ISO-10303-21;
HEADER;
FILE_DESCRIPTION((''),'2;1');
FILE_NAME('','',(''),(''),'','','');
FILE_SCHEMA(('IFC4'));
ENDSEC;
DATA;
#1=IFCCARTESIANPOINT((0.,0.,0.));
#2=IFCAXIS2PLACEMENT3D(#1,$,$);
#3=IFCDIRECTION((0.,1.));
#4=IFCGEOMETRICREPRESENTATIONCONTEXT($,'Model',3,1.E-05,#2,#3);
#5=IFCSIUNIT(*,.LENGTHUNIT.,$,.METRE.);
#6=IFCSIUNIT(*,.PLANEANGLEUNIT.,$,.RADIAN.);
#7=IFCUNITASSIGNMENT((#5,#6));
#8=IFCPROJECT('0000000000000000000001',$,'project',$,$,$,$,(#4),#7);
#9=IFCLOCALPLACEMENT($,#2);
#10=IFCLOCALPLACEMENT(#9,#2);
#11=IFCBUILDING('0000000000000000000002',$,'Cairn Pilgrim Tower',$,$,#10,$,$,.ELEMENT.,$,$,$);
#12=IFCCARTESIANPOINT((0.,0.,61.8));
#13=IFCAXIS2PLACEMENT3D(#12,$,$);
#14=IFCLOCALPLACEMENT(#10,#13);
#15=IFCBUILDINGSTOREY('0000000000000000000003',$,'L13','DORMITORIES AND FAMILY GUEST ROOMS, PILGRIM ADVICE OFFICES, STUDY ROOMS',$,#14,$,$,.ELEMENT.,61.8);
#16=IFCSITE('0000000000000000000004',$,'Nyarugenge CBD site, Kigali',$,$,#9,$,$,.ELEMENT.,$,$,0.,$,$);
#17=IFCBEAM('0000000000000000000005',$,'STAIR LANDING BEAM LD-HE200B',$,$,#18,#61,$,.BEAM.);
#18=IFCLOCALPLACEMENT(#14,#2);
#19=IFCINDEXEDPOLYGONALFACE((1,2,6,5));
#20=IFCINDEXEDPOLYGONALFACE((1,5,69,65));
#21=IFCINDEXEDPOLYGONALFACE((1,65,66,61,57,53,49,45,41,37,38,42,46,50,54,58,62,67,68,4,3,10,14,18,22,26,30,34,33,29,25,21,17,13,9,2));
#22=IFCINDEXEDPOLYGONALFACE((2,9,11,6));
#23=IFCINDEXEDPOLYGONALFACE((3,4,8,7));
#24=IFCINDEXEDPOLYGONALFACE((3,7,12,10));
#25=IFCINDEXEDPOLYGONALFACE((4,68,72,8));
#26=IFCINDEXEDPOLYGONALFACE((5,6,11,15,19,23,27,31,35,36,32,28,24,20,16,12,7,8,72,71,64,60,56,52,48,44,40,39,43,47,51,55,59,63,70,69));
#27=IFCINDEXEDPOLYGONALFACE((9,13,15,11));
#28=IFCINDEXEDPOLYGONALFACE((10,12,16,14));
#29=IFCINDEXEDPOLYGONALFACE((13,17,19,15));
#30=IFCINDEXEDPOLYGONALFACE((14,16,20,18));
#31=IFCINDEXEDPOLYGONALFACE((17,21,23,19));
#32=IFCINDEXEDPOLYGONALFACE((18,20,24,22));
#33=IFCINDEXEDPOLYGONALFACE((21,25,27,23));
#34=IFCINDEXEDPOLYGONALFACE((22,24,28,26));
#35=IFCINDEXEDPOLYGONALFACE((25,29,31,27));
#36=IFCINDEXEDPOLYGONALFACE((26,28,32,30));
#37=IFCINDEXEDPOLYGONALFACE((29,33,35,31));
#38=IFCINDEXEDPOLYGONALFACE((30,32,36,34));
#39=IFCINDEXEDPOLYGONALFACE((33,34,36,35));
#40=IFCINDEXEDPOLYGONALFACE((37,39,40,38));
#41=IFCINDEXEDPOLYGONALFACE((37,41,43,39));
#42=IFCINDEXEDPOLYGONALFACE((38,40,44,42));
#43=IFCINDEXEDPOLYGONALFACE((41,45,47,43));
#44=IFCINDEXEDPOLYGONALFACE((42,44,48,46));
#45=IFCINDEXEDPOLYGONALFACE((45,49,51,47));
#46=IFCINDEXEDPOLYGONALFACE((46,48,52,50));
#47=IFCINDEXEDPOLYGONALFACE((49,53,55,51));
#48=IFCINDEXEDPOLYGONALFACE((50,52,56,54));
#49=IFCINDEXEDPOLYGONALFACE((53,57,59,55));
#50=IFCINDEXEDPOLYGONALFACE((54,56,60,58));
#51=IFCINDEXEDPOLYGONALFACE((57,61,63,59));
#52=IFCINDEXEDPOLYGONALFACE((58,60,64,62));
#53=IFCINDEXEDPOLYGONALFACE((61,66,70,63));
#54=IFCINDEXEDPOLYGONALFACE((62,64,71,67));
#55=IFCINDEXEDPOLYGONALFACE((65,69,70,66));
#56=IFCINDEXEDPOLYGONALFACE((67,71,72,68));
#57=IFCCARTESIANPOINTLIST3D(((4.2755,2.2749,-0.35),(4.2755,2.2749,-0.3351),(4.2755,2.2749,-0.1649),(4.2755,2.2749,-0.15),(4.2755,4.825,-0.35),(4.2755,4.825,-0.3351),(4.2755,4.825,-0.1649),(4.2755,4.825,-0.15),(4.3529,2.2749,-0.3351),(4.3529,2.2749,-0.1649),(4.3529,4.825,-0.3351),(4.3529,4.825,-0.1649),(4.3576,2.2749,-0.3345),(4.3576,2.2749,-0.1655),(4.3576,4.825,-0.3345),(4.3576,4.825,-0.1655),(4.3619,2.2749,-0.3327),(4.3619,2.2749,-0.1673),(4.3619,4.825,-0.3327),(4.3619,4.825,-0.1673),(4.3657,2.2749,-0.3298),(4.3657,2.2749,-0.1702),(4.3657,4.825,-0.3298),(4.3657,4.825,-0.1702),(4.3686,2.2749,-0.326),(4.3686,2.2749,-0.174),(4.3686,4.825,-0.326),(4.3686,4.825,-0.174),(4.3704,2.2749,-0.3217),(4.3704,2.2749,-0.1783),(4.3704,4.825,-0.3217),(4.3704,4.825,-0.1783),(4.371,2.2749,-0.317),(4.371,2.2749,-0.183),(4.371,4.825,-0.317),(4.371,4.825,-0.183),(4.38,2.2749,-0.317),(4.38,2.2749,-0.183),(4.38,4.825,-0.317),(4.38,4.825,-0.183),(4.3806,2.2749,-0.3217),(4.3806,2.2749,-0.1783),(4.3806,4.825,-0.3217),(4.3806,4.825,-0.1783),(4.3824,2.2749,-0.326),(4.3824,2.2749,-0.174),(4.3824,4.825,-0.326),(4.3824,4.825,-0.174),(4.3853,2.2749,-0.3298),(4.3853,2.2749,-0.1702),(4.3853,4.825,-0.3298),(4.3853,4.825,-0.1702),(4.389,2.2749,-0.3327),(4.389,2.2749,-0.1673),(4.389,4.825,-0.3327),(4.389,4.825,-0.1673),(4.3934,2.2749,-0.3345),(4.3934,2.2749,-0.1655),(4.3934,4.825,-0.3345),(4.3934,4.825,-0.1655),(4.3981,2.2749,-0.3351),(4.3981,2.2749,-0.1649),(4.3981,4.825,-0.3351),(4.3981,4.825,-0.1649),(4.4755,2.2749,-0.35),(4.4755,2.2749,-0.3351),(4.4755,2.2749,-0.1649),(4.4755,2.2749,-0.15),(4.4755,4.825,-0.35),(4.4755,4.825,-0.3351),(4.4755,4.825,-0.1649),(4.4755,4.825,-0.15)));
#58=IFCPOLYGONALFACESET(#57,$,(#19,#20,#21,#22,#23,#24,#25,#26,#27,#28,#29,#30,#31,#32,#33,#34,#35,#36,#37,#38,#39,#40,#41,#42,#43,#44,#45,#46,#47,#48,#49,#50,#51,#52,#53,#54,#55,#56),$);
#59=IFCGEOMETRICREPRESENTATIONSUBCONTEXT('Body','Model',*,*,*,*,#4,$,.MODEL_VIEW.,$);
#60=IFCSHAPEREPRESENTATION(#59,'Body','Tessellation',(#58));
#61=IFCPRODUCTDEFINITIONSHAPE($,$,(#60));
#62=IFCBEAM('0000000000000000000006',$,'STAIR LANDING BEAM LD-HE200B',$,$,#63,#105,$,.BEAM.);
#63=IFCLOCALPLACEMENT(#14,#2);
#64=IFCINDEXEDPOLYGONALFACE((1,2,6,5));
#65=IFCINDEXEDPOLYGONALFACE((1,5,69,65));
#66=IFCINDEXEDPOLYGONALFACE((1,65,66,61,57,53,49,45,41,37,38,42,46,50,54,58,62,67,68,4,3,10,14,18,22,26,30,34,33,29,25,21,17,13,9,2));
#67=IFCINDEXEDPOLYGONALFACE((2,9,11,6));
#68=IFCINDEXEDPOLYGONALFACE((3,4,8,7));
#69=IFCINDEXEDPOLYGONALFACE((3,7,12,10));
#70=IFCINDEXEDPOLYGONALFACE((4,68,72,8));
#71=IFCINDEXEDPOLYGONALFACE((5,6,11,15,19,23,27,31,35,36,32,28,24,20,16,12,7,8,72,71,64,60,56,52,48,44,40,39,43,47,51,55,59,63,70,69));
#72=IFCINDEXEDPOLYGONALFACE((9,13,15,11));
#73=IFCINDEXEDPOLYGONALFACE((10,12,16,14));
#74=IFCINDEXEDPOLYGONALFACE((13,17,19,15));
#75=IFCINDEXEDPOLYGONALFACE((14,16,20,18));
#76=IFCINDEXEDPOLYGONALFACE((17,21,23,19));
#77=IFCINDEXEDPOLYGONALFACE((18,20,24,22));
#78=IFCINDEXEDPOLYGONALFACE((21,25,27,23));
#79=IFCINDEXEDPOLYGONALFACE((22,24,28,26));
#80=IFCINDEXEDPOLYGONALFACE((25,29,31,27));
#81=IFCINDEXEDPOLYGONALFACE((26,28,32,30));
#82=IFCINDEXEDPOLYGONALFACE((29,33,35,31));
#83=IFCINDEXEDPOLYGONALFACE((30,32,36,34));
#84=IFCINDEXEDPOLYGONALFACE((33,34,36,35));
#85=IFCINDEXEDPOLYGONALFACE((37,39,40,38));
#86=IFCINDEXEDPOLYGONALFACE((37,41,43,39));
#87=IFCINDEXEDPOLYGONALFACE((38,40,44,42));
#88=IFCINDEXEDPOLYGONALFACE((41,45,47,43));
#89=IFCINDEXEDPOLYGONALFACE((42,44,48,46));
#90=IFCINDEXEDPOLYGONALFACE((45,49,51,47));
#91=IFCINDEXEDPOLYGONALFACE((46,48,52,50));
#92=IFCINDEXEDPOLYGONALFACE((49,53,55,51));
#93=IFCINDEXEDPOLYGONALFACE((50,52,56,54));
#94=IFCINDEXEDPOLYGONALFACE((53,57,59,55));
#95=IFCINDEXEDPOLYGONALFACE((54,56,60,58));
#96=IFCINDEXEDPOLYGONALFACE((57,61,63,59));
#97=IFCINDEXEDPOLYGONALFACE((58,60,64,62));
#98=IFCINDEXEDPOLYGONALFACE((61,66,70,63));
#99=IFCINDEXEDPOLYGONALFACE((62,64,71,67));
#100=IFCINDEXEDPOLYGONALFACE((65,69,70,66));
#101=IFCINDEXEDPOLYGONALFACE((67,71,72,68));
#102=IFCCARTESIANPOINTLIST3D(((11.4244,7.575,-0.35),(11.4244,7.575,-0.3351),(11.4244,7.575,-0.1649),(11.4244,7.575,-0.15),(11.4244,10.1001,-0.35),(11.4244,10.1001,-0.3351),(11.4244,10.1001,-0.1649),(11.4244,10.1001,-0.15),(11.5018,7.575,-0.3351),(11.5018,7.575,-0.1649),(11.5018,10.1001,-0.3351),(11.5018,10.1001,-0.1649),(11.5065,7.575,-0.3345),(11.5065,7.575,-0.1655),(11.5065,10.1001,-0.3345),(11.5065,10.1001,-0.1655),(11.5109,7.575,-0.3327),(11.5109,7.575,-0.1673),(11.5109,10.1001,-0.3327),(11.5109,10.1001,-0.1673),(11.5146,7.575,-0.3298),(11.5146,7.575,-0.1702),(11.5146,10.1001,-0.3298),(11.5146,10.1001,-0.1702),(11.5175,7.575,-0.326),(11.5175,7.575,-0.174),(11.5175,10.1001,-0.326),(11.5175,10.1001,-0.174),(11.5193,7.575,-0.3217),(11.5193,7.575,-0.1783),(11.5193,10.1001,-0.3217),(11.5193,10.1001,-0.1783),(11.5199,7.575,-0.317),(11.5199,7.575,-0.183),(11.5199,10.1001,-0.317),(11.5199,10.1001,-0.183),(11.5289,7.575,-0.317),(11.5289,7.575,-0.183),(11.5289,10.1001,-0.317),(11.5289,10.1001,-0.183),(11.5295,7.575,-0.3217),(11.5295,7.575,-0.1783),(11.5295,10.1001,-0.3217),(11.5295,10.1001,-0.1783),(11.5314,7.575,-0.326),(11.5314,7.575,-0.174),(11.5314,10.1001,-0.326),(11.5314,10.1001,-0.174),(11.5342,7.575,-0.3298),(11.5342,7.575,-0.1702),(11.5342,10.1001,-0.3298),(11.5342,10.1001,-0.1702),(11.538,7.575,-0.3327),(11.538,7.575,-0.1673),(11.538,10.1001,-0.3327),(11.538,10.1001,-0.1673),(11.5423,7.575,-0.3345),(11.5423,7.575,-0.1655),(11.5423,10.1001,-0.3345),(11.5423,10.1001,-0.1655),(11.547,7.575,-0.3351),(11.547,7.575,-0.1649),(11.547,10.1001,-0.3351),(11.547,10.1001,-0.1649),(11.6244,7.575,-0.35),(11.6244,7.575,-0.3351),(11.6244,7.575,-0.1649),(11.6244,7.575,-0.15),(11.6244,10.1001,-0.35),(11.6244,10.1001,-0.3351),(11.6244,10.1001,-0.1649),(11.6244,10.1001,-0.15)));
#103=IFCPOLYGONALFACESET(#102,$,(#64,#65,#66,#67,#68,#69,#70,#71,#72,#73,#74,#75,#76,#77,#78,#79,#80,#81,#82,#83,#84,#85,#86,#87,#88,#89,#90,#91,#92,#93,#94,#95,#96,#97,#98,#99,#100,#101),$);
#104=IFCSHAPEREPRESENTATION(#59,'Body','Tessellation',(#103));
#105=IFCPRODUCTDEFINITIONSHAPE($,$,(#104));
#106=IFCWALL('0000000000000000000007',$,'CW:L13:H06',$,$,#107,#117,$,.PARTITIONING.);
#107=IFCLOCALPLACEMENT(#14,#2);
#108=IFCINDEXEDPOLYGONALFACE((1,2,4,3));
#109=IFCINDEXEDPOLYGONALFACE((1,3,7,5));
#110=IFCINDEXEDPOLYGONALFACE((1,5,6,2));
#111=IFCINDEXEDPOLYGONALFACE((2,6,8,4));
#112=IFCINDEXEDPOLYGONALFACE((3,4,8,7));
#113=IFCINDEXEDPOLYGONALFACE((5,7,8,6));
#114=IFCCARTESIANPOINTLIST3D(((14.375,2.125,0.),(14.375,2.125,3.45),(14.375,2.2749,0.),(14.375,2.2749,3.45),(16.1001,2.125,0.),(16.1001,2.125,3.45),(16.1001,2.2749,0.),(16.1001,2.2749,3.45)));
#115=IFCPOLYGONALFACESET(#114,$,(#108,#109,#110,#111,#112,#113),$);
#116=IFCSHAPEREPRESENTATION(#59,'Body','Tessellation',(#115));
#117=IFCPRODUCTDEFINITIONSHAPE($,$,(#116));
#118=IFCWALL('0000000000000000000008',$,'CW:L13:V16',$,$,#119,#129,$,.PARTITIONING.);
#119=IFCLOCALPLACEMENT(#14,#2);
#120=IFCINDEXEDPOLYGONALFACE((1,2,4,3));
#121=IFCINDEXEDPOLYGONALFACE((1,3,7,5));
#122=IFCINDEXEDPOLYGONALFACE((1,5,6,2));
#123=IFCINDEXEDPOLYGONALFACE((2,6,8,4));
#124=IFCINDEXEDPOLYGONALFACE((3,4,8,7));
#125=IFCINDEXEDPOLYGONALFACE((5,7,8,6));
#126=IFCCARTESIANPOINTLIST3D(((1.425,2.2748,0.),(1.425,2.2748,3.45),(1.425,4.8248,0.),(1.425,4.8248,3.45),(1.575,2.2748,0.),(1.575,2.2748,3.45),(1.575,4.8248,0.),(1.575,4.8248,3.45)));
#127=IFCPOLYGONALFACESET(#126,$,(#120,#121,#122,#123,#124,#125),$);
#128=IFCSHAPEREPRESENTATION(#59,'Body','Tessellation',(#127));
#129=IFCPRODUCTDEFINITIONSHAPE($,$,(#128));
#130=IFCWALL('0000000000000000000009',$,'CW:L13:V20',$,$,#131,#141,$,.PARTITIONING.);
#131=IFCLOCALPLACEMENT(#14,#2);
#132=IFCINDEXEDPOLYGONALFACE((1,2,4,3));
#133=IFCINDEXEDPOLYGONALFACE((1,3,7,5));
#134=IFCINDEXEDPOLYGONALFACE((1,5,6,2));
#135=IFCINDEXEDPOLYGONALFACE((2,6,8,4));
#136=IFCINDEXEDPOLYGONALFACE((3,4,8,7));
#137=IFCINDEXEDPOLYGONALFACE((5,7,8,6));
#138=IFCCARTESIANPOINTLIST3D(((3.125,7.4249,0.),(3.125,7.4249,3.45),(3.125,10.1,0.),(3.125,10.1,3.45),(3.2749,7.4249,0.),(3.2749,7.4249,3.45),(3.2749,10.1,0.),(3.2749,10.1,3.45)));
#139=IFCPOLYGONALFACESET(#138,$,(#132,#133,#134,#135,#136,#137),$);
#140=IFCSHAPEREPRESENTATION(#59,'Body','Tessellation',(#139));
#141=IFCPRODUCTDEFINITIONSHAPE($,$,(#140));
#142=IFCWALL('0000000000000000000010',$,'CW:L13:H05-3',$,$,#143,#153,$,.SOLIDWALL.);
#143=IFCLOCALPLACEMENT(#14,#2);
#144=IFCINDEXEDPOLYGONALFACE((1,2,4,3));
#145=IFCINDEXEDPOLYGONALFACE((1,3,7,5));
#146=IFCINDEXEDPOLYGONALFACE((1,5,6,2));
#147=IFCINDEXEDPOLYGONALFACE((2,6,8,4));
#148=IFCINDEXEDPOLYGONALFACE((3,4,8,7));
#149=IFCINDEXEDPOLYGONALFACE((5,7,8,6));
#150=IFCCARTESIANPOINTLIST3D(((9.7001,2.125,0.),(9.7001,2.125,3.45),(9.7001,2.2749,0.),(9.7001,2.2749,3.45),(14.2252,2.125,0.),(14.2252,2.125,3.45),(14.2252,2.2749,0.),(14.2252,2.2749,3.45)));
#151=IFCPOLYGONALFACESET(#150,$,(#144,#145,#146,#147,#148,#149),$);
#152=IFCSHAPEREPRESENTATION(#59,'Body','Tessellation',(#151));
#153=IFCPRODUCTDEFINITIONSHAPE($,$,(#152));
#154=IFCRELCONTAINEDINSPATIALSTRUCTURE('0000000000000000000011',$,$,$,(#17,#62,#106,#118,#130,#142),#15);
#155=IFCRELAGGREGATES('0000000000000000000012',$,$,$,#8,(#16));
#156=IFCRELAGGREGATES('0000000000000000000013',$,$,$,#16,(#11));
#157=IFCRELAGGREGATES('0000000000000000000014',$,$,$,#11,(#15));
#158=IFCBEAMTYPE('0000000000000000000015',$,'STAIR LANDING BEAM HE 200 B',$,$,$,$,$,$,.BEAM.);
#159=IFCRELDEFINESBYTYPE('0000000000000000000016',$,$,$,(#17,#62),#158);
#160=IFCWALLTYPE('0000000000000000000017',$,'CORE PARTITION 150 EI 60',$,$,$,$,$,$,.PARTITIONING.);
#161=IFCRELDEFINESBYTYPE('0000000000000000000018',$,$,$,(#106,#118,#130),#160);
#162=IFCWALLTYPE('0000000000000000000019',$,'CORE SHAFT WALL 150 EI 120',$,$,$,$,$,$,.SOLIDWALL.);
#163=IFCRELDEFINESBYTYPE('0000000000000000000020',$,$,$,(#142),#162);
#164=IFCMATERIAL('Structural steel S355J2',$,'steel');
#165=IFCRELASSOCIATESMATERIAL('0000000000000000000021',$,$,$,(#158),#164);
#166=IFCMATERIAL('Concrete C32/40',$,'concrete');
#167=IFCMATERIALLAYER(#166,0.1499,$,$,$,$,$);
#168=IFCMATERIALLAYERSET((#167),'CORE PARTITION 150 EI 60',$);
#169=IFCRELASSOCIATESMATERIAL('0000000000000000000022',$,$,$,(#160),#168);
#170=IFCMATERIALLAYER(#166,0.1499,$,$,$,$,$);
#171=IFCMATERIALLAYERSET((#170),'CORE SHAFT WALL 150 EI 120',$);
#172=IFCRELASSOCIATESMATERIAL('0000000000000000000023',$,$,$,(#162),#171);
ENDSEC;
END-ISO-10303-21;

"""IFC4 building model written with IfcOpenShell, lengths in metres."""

from ifc_helpers import new_model, si_unit, direction, frame, frame_2d, origin, origin_2d, place, context, subcontext, project, spatial, rectangle, i_section, extrude, material, layer, layer_set, material_profile, profile_set, type_object, element, save


model = new_model("IFC4")

# Units and contexts
model_context = context("Model", 3, precision=1e-05, world=origin(), true_north=direction((0.0, 1.0)))
body_context = subcontext(model_context, "Body", "Model", "MODEL_VIEW")
ifc_project = project(units=[si_unit("LENGTHUNIT", "METRE"), si_unit("PLANEANGLEUNIT", "RADIAN")], contexts=[model_context])

# Site, building, storey
site_placement = place(None, origin())
site = spatial("IfcSite", under=ifc_project, at=site_placement, Name="Nyarugenge CBD site, Kigali", CompositionType="ELEMENT", RefElevation=0.0)
building_placement = place(site_placement, origin())
building = spatial("IfcBuilding", under=site, at=building_placement, Name="Cairn Pilgrim Tower", CompositionType="ELEMENT")
storey_placement = place(building_placement, frame((0.0, 0.0, 61.8)))
storey = spatial("IfcBuildingStorey", under=building, at=storey_placement, Name="L13", Description="DORMITORIES AND FAMILY GUEST ROOMS, PILGRIM ADVICE OFFICES, STUDY ROOMS", CompositionType="ELEMENT", Elevation=61.8)

# Beams
ifc_material_1 = material(Name="Structural steel S355J2", Category="steel")
ifc_material_profile = material_profile(ifc_material_1, i_section(OverallWidth=0.2, OverallDepth=0.2, WebThickness=0.009, FlangeThickness=0.0149, FilletRadius=0.0181, at=origin_2d()), Name="HE 200 B")
ifc_profile_set = profile_set([ifc_material_profile], Name="Structural steel S355J2")
beam_type = type_object("IfcBeamType", Name="STAIR LANDING BEAM HE 200 B", PredefinedType="BEAM", material=ifc_profile_set)
beam_1_placement = place(storey_placement, frame((4.3755, 2.2749, -0.25), z_axis=(0.0, 1.0, 0.0), x_axis=(-1.0, 0.0, 0.0)))
element("IfcBeam", 1, at=beam_1_placement, inside=storey, type_object=beam_type, Name="STAIR LANDING BEAM LD-HE200B", PredefinedType="BEAM", context=body_context, shape_type="SweptSolid", body=[
    extrude(i_section(OverallWidth=0.2, OverallDepth=0.2, WebThickness=0.009, FlangeThickness=0.0149, FilletRadius=0.0181, at=origin_2d()), origin(), (0.0, 0.0, 1.0), 2.55),
])
beam_2_placement = place(storey_placement, frame((11.5244, 10.1001, -0.25), z_axis=(0.0, -1.0, 0.0), x_axis=(1.0, 0.0, 0.0)))
element("IfcBeam", 2, at=beam_2_placement, inside=storey, type_object=beam_type, Name="STAIR LANDING BEAM LD-HE200B", PredefinedType="BEAM", context=body_context, shape_type="SweptSolid", body=[
    extrude(i_section(OverallWidth=0.2, OverallDepth=0.2, WebThickness=0.009, FlangeThickness=0.0149, FilletRadius=0.0181, at=origin_2d()), origin(), (0.0, 0.0, 1.0), 2.5251),
])

# Walls
ifc_material_2 = material(Name="Concrete C32/40", Category="concrete")
ifc_layer_1 = layer(ifc_material_2, 0.1499)
ifc_layer_set_1 = layer_set([ifc_layer_1], Name="CORE PARTITION 150 EI 60")
wall_type_1 = type_object("IfcWallType", Name="CORE PARTITION 150 EI 60", PredefinedType="PARTITIONING", material=ifc_layer_set_1)
wall_1_placement = place(storey_placement, frame((14.375, 2.2, 0.0), z_axis=(0.0, 0.0, 1.0), x_axis=(1.0, 0.0, 0.0)))
element("IfcWall", 3, at=wall_1_placement, inside=storey, type_object=wall_type_1, Name="CW:L13:H06", PredefinedType="PARTITIONING", context=body_context, shape_type="SweptSolid", body=[
    extrude(rectangle(XDim=1.7251, YDim=0.1499, at=frame_2d((0.8625, 0.0))), origin(), (0.0, 0.0, 1.0), 3.45),
])
wall_2_placement = place(storey_placement, frame((1.5, 2.2749, 0.0), z_axis=(0.0, 0.0, 1.0), x_axis=(0.0, 1.0, 0.0)))
element("IfcWall", 4, at=wall_2_placement, inside=storey, type_object=wall_type_1, Name="CW:L13:V16", PredefinedType="PARTITIONING", context=body_context, shape_type="SweptSolid", body=[
    extrude(rectangle(XDim=2.55, YDim=0.1499, at=frame_2d((1.2749, 0.0))), origin(), (0.0, 0.0, 1.0), 3.45),
])
wall_3_placement = place(storey_placement, frame((3.2, 7.425, 0.0), z_axis=(0.0, 0.0, 1.0), x_axis=(0.0, 1.0, 0.0)))
element("IfcWall", 5, at=wall_3_placement, inside=storey, type_object=wall_type_1, Name="CW:L13:V20", PredefinedType="PARTITIONING", context=body_context, shape_type="SweptSolid", body=[
    extrude(rectangle(XDim=2.675, YDim=0.1499, at=frame_2d((1.3374, 0.0))), origin(), (0.0, 0.0, 1.0), 3.45),
])
ifc_layer_2 = layer(ifc_material_2, 0.1499)
ifc_layer_set_2 = layer_set([ifc_layer_2], Name="CORE SHAFT WALL 150 EI 120")
wall_type_2 = type_object("IfcWallType", Name="CORE SHAFT WALL 150 EI 120", PredefinedType="SOLIDWALL", material=ifc_layer_set_2)
wall_4_placement = place(storey_placement, frame((9.7, 2.2, 0.0), z_axis=(0.0, 0.0, 1.0), x_axis=(1.0, 0.0, 0.0)))
element("IfcWall", 6, at=wall_4_placement, inside=storey, type_object=wall_type_2, Name="CW:L13:H05-3", PredefinedType="SOLIDWALL", context=body_context, shape_type="SweptSolid", body=[
    extrude(rectangle(XDim=4.5251, YDim=0.1499, at=frame_2d((2.2627, 0.0))), origin(), (0.0, 0.0, 1.0), 3.45),
])

save(model, "model.ifc")
